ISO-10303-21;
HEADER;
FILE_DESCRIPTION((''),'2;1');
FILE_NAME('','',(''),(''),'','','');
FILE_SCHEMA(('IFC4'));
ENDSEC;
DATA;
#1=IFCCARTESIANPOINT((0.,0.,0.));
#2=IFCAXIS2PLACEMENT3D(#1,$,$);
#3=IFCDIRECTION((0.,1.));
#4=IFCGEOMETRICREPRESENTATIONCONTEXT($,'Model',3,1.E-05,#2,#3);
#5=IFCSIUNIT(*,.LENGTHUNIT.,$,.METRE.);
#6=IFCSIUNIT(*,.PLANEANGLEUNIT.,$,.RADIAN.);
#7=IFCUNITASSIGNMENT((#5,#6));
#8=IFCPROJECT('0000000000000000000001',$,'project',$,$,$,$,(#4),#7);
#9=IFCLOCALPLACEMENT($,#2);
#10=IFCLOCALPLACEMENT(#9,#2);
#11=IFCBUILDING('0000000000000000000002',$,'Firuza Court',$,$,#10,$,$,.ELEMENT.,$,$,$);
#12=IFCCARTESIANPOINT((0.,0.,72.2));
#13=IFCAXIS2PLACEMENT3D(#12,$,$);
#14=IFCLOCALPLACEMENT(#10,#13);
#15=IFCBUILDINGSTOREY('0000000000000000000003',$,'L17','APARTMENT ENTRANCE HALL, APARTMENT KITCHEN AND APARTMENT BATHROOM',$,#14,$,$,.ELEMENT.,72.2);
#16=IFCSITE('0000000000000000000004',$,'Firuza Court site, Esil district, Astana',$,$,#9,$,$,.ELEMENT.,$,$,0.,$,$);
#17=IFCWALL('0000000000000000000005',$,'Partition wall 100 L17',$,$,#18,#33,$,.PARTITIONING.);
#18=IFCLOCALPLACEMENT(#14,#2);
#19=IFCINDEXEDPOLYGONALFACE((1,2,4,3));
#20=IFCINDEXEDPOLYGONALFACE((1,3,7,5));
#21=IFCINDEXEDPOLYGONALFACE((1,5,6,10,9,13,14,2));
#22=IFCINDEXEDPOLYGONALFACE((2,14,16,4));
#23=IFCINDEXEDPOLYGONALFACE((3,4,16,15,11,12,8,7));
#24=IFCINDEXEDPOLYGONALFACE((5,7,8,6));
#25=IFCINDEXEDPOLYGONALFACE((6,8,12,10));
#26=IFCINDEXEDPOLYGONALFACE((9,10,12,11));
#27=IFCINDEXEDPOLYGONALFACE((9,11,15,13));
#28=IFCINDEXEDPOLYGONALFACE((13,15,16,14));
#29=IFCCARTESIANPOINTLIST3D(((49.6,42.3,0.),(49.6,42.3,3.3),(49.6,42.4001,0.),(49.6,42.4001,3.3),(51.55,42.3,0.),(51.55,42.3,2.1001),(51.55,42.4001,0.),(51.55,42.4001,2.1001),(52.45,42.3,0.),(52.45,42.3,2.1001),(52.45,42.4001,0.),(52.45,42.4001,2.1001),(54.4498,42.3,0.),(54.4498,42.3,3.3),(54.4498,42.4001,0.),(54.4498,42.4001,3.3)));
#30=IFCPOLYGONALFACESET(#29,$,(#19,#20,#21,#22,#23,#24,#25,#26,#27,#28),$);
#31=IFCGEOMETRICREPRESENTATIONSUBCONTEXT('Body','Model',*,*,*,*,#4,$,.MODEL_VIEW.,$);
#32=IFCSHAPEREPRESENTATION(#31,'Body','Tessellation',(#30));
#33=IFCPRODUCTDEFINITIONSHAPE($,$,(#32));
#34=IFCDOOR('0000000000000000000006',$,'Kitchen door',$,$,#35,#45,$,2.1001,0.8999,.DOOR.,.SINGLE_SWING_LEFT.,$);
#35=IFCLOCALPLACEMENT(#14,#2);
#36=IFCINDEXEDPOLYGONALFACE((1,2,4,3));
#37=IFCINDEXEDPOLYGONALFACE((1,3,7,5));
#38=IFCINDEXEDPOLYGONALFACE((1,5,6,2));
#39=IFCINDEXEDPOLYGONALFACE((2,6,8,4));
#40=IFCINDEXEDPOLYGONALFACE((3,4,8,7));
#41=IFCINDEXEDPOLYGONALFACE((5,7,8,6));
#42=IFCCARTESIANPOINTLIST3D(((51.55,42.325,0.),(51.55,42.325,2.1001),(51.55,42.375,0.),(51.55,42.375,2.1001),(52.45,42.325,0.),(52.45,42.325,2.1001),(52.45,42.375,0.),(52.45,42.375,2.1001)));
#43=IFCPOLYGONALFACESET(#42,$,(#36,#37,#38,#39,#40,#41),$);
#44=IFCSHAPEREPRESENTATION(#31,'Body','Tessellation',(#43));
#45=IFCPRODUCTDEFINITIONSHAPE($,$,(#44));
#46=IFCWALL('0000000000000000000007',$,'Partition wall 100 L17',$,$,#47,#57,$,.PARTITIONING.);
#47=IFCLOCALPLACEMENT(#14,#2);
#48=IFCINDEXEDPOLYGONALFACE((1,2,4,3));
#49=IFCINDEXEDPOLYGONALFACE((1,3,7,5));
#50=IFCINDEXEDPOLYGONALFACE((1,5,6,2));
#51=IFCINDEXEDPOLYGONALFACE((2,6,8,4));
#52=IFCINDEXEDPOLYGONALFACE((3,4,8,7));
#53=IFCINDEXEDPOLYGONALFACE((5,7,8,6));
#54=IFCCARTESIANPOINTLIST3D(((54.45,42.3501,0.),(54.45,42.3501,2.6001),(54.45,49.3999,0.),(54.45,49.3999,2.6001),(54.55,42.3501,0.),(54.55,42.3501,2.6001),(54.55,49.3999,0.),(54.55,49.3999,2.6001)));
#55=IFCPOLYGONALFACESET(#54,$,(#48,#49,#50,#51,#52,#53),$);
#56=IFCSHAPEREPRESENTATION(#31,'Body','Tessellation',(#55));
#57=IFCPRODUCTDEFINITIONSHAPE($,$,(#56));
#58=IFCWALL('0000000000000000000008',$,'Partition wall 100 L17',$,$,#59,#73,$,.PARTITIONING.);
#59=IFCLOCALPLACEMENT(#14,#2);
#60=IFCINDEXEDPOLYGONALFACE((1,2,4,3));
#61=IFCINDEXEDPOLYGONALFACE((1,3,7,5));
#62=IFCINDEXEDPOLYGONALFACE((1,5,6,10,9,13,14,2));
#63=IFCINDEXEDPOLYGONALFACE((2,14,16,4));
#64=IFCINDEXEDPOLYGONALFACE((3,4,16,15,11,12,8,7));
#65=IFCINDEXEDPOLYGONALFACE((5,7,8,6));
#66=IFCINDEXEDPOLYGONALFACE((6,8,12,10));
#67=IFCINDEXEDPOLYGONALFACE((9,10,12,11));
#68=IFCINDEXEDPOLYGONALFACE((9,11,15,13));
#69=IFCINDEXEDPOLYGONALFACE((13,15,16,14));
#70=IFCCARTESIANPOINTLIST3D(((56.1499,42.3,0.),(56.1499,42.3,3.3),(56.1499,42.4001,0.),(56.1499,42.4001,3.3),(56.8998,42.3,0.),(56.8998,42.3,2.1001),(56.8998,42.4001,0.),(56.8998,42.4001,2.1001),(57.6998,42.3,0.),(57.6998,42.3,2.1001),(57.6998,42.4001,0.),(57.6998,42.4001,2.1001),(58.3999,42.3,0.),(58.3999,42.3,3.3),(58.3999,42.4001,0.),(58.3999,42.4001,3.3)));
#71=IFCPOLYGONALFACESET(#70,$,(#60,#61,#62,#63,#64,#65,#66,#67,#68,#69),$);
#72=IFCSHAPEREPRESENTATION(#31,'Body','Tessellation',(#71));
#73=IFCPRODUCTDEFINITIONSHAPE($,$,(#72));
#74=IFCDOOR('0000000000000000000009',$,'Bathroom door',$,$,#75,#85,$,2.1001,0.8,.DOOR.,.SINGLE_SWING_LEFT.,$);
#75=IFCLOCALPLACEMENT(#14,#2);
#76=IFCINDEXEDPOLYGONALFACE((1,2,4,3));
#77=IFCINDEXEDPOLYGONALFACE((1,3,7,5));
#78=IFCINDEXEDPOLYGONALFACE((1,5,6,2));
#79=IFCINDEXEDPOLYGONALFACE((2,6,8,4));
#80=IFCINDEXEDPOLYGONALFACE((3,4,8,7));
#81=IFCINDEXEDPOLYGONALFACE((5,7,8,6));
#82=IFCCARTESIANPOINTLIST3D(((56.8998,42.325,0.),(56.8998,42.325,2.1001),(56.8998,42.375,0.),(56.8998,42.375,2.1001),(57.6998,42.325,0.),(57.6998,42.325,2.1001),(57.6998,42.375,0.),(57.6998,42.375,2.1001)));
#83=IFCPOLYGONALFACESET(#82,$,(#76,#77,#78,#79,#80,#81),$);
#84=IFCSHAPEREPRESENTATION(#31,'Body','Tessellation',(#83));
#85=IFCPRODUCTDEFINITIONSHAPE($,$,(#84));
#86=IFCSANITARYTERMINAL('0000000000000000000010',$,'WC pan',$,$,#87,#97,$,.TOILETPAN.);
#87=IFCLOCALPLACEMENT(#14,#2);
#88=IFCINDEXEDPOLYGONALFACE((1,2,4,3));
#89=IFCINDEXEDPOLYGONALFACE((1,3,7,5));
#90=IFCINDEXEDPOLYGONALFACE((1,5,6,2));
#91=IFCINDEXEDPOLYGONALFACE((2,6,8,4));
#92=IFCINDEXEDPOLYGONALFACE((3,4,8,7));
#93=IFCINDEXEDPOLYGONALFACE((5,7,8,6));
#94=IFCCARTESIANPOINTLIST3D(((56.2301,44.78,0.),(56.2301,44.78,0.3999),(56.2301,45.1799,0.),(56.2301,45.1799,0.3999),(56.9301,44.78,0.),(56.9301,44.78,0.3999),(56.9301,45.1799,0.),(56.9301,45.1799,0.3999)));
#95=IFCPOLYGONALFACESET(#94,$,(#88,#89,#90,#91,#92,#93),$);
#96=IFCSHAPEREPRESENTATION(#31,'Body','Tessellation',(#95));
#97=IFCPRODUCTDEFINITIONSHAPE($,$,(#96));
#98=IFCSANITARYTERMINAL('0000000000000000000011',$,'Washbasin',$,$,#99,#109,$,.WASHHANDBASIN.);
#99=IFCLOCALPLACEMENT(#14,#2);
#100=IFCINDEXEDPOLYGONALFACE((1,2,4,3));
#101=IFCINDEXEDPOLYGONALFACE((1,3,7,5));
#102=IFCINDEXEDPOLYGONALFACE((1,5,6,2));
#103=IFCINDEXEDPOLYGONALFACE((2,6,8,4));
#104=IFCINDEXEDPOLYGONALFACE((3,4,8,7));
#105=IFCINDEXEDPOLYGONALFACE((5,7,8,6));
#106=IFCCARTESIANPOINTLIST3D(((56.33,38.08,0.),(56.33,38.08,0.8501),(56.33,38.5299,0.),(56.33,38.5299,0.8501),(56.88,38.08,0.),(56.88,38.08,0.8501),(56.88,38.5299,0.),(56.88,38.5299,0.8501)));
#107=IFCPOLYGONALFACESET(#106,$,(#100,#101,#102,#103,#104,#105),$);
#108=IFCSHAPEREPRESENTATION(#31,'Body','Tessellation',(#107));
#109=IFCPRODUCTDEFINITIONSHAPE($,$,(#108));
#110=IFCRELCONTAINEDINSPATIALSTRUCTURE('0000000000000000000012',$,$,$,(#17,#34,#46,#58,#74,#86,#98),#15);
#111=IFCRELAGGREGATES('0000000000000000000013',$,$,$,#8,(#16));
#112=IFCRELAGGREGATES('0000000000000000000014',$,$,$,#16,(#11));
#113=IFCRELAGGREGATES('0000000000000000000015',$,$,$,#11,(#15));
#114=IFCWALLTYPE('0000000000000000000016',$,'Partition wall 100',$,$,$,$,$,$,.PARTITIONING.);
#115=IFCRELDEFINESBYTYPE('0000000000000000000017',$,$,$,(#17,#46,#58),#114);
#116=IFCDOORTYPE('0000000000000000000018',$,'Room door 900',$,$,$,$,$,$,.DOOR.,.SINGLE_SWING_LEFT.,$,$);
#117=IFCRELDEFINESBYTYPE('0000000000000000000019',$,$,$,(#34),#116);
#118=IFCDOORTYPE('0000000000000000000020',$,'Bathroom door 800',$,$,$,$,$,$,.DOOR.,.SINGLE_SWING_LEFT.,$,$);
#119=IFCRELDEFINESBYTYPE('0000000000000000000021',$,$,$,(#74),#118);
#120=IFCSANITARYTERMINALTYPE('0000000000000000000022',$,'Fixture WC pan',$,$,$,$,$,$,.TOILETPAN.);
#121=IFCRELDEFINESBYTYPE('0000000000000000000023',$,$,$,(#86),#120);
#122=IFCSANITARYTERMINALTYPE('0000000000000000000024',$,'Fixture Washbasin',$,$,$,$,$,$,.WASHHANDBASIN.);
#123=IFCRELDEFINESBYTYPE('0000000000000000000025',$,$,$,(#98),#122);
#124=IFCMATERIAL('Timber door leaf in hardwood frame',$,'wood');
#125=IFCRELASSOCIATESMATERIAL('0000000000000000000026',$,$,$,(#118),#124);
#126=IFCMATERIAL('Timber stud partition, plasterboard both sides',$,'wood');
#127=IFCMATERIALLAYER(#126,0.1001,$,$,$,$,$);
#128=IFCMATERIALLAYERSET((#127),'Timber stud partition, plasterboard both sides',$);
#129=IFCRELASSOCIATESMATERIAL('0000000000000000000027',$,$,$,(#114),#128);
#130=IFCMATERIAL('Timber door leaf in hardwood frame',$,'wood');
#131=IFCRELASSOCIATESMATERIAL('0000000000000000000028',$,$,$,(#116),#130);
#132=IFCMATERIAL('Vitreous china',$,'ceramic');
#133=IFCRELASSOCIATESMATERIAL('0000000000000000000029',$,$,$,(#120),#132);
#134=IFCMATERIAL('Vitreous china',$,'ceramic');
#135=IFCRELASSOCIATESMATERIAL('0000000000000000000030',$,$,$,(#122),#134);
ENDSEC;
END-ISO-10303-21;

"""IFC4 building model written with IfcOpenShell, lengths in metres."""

from ifc_helpers import new_model, si_unit, direction, frame, frame_2d, origin, origin_2d, place, context, subcontext, project, spatial, rectangle, extrude, material, layer, layer_set, type_object, element, fill, save


model = new_model("IFC4")

# Units and contexts
model_context = context("Model", 3, precision=1e-05, world=origin(), true_north=direction((0.0, 1.0)))
body_context = subcontext(model_context, "Body", "Model", "MODEL_VIEW")
ifc_project = project(units=[si_unit("LENGTHUNIT", "METRE"), si_unit("PLANEANGLEUNIT", "RADIAN")], contexts=[model_context])

# Site, building, storey
site_placement = place(None, origin())
site = spatial("IfcSite", under=ifc_project, at=site_placement, Name="Firuza Court site, Esil district, Astana", CompositionType="ELEMENT", RefElevation=0.0)
building_placement = place(site_placement, origin())
building = spatial("IfcBuilding", under=site, at=building_placement, Name="Firuza Court", CompositionType="ELEMENT")
storey_placement = place(building_placement, frame((0.0, 0.0, 72.2)))
storey = spatial("IfcBuildingStorey", under=building, at=storey_placement, Name="L17", Description="APARTMENT ENTRANCE HALL, APARTMENT KITCHEN AND APARTMENT BATHROOM", CompositionType="ELEMENT", Elevation=72.2)

# Shared definitions
ifc_material_1 = material(Name="Timber door leaf in hardwood frame", Category="wood")
door_type_1 = type_object("IfcDoorType", Name="Bathroom door 800", OperationType="SINGLE_SWING_LEFT", PredefinedType="DOOR", material=ifc_material_1)

# Shared definitions
ifc_material_2 = material(Name="Timber stud partition, plasterboard both sides", Category="wood")
ifc_layer_1 = layer(ifc_material_2, 0.1001)
ifc_layer_set_1 = layer_set([ifc_layer_1], Name="Timber stud partition, plasterboard both sides")
wall_type_1 = type_object("IfcWallType", Name="Partition wall 100", PredefinedType="PARTITIONING", material=ifc_layer_set_1)

# Shared definitions
ifc_material_3 = material(Name="Timber door leaf in hardwood frame", Category="wood")
door_type_2 = type_object("IfcDoorType", Name="Room door 900", OperationType="SINGLE_SWING_LEFT", PredefinedType="DOOR", material=ifc_material_3)

# Wall, opening, door
wall_1_placement = place(storey_placement, frame((49.6001, 42.3501, 0.0), z_axis=(0.0, 0.0, 1.0), x_axis=(1.0, 0.0, 0.0)))
wall_1 = element("IfcWall", 1, at=wall_1_placement, inside=storey, type_object=wall_type_1, Name="Partition wall 100 L17", PredefinedType="PARTITIONING", context=body_context, shape_type="SweptSolid", body=[
    extrude(rectangle(XDim=4.8499, YDim=0.1001, at=frame_2d((2.4248, 0.0))), origin(), (0.0, 0.0, 1.0), 3.3),
])
opening_1_placement = place(wall_1_placement, frame((1.95, 0.0, 0.0)))
opening_1 = element("IfcOpeningElement", 2, at=opening_1_placement, cuts=wall_1, PredefinedType="OPENING", context=body_context, shape_type="SweptSolid", body=[
    extrude(rectangle(XDim=0.8999, YDim=2.1001, at=frame_2d((0.45, 1.05))), frame((0.0, 0.062, 0.0), z_axis=(0.0, -1.0, 0.0), x_axis=(1.0, 0.0, 0.0)), (0.0, 0.0, 1.0), 0.124),
])
door_1_placement = place(opening_1_placement, origin())
door_1 = element("IfcDoor", 3, at=door_1_placement, inside=storey, type_object=door_type_2, Name="Kitchen door", OperationType="SINGLE_SWING_LEFT", OverallHeight=2.1001, OverallWidth=0.8999, PredefinedType="DOOR", context=body_context, shape_type="SweptSolid", body=[
    extrude(rectangle(XDim=0.8999, YDim=2.1001, at=frame_2d((0.45, 1.05))), frame((0.0, 0.0249, 0.0), z_axis=(0.0, -1.0, 0.0), x_axis=(1.0, 0.0, 0.0)), (0.0, 0.0, 1.0), 0.05),
])
fill(opening_1, door_1)

# Wall
wall_2_placement = place(storey_placement, frame((54.5, 42.3501, 0.0), z_axis=(0.0, 0.0, 1.0), x_axis=(0.0, 1.0, 0.0)))
element("IfcWall", 4, at=wall_2_placement, inside=storey, type_object=wall_type_1, Name="Partition wall 100 L17", PredefinedType="PARTITIONING", context=body_context, shape_type="SweptSolid", body=[
    extrude(rectangle(XDim=7.0498, YDim=0.1001, at=frame_2d((3.5249, 0.0))), origin(), (0.0, 0.0, 1.0), 2.6001),
])

# Wall, opening, door
wall_3_placement = place(storey_placement, frame((56.1499, 42.3501, 0.0), z_axis=(0.0, 0.0, 1.0), x_axis=(1.0, 0.0, 0.0)))
wall_3 = element("IfcWall", 5, at=wall_3_placement, inside=storey, type_object=wall_type_1, Name="Partition wall 100 L17", PredefinedType="PARTITIONING", context=body_context, shape_type="SweptSolid", body=[
    extrude(rectangle(XDim=2.25, YDim=0.1001, at=frame_2d((1.125, 0.0))), origin(), (0.0, 0.0, 1.0), 3.3),
])
opening_2_placement = place(wall_3_placement, frame((0.75, 0.0, 0.0)))
opening_2 = element("IfcOpeningElement", 6, at=opening_2_placement, cuts=wall_3, PredefinedType="OPENING", context=body_context, shape_type="SweptSolid", body=[
    extrude(rectangle(XDim=0.8, YDim=2.1001, at=frame_2d((0.3999, 1.05))), frame((0.0, 0.062, 0.0), z_axis=(0.0, -1.0, 0.0), x_axis=(1.0, 0.0, 0.0)), (0.0, 0.0, 1.0), 0.124),
])
door_2_placement = place(opening_2_placement, origin())
door_2 = element("IfcDoor", 7, at=door_2_placement, inside=storey, type_object=door_type_1, Name="Bathroom door", OperationType="SINGLE_SWING_LEFT", OverallHeight=2.1001, OverallWidth=0.8, PredefinedType="DOOR", context=body_context, shape_type="SweptSolid", body=[
    extrude(rectangle(XDim=0.8, YDim=2.1001, at=frame_2d((0.3999, 1.05))), frame((0.0, 0.0249, 0.0), z_axis=(0.0, -1.0, 0.0), x_axis=(1.0, 0.0, 0.0)), (0.0, 0.0, 1.0), 0.05),
])
fill(opening_2, door_2)

# Sanitary terminals
ifc_material_4 = material(Name="Vitreous china", Category="ceramic")
sanitary_terminal_type_1 = type_object("IfcSanitaryTerminalType", Name="Fixture WC pan", PredefinedType="TOILETPAN", material=ifc_material_4)
sanitary_terminal_1_placement = place(storey_placement, frame((56.5801, 44.98, 0.0), z_axis=(0.0, 0.0, 1.0), x_axis=(1.0, 0.0, 0.0)))
element("IfcSanitaryTerminal", 8, at=sanitary_terminal_1_placement, inside=storey, type_object=sanitary_terminal_type_1, Name="WC pan", PredefinedType="TOILETPAN", context=body_context, shape_type="SweptSolid", body=[
    extrude(rectangle(XDim=0.7, YDim=0.3999, at=origin_2d()), origin(), (0.0, 0.0, 1.0), 0.3999),
])
ifc_material_5 = material(Name="Vitreous china", Category="ceramic")
sanitary_terminal_type_2 = type_object("IfcSanitaryTerminalType", Name="Fixture Washbasin", PredefinedType="WASHHANDBASIN", material=ifc_material_5)
sanitary_terminal_2_placement = place(storey_placement, frame((56.605, 38.3049, 0.0), z_axis=(0.0, 0.0, 1.0), x_axis=(1.0, 0.0, 0.0)))
element("IfcSanitaryTerminal", 9, at=sanitary_terminal_2_placement, inside=storey, type_object=sanitary_terminal_type_2, Name="Washbasin", PredefinedType="WASHHANDBASIN", context=body_context, shape_type="SweptSolid", body=[
    extrude(rectangle(XDim=0.55, YDim=0.45, at=origin_2d()), origin(), (0.0, 0.0, 1.0), 0.8501),
])

save(model, "model.ifc")
